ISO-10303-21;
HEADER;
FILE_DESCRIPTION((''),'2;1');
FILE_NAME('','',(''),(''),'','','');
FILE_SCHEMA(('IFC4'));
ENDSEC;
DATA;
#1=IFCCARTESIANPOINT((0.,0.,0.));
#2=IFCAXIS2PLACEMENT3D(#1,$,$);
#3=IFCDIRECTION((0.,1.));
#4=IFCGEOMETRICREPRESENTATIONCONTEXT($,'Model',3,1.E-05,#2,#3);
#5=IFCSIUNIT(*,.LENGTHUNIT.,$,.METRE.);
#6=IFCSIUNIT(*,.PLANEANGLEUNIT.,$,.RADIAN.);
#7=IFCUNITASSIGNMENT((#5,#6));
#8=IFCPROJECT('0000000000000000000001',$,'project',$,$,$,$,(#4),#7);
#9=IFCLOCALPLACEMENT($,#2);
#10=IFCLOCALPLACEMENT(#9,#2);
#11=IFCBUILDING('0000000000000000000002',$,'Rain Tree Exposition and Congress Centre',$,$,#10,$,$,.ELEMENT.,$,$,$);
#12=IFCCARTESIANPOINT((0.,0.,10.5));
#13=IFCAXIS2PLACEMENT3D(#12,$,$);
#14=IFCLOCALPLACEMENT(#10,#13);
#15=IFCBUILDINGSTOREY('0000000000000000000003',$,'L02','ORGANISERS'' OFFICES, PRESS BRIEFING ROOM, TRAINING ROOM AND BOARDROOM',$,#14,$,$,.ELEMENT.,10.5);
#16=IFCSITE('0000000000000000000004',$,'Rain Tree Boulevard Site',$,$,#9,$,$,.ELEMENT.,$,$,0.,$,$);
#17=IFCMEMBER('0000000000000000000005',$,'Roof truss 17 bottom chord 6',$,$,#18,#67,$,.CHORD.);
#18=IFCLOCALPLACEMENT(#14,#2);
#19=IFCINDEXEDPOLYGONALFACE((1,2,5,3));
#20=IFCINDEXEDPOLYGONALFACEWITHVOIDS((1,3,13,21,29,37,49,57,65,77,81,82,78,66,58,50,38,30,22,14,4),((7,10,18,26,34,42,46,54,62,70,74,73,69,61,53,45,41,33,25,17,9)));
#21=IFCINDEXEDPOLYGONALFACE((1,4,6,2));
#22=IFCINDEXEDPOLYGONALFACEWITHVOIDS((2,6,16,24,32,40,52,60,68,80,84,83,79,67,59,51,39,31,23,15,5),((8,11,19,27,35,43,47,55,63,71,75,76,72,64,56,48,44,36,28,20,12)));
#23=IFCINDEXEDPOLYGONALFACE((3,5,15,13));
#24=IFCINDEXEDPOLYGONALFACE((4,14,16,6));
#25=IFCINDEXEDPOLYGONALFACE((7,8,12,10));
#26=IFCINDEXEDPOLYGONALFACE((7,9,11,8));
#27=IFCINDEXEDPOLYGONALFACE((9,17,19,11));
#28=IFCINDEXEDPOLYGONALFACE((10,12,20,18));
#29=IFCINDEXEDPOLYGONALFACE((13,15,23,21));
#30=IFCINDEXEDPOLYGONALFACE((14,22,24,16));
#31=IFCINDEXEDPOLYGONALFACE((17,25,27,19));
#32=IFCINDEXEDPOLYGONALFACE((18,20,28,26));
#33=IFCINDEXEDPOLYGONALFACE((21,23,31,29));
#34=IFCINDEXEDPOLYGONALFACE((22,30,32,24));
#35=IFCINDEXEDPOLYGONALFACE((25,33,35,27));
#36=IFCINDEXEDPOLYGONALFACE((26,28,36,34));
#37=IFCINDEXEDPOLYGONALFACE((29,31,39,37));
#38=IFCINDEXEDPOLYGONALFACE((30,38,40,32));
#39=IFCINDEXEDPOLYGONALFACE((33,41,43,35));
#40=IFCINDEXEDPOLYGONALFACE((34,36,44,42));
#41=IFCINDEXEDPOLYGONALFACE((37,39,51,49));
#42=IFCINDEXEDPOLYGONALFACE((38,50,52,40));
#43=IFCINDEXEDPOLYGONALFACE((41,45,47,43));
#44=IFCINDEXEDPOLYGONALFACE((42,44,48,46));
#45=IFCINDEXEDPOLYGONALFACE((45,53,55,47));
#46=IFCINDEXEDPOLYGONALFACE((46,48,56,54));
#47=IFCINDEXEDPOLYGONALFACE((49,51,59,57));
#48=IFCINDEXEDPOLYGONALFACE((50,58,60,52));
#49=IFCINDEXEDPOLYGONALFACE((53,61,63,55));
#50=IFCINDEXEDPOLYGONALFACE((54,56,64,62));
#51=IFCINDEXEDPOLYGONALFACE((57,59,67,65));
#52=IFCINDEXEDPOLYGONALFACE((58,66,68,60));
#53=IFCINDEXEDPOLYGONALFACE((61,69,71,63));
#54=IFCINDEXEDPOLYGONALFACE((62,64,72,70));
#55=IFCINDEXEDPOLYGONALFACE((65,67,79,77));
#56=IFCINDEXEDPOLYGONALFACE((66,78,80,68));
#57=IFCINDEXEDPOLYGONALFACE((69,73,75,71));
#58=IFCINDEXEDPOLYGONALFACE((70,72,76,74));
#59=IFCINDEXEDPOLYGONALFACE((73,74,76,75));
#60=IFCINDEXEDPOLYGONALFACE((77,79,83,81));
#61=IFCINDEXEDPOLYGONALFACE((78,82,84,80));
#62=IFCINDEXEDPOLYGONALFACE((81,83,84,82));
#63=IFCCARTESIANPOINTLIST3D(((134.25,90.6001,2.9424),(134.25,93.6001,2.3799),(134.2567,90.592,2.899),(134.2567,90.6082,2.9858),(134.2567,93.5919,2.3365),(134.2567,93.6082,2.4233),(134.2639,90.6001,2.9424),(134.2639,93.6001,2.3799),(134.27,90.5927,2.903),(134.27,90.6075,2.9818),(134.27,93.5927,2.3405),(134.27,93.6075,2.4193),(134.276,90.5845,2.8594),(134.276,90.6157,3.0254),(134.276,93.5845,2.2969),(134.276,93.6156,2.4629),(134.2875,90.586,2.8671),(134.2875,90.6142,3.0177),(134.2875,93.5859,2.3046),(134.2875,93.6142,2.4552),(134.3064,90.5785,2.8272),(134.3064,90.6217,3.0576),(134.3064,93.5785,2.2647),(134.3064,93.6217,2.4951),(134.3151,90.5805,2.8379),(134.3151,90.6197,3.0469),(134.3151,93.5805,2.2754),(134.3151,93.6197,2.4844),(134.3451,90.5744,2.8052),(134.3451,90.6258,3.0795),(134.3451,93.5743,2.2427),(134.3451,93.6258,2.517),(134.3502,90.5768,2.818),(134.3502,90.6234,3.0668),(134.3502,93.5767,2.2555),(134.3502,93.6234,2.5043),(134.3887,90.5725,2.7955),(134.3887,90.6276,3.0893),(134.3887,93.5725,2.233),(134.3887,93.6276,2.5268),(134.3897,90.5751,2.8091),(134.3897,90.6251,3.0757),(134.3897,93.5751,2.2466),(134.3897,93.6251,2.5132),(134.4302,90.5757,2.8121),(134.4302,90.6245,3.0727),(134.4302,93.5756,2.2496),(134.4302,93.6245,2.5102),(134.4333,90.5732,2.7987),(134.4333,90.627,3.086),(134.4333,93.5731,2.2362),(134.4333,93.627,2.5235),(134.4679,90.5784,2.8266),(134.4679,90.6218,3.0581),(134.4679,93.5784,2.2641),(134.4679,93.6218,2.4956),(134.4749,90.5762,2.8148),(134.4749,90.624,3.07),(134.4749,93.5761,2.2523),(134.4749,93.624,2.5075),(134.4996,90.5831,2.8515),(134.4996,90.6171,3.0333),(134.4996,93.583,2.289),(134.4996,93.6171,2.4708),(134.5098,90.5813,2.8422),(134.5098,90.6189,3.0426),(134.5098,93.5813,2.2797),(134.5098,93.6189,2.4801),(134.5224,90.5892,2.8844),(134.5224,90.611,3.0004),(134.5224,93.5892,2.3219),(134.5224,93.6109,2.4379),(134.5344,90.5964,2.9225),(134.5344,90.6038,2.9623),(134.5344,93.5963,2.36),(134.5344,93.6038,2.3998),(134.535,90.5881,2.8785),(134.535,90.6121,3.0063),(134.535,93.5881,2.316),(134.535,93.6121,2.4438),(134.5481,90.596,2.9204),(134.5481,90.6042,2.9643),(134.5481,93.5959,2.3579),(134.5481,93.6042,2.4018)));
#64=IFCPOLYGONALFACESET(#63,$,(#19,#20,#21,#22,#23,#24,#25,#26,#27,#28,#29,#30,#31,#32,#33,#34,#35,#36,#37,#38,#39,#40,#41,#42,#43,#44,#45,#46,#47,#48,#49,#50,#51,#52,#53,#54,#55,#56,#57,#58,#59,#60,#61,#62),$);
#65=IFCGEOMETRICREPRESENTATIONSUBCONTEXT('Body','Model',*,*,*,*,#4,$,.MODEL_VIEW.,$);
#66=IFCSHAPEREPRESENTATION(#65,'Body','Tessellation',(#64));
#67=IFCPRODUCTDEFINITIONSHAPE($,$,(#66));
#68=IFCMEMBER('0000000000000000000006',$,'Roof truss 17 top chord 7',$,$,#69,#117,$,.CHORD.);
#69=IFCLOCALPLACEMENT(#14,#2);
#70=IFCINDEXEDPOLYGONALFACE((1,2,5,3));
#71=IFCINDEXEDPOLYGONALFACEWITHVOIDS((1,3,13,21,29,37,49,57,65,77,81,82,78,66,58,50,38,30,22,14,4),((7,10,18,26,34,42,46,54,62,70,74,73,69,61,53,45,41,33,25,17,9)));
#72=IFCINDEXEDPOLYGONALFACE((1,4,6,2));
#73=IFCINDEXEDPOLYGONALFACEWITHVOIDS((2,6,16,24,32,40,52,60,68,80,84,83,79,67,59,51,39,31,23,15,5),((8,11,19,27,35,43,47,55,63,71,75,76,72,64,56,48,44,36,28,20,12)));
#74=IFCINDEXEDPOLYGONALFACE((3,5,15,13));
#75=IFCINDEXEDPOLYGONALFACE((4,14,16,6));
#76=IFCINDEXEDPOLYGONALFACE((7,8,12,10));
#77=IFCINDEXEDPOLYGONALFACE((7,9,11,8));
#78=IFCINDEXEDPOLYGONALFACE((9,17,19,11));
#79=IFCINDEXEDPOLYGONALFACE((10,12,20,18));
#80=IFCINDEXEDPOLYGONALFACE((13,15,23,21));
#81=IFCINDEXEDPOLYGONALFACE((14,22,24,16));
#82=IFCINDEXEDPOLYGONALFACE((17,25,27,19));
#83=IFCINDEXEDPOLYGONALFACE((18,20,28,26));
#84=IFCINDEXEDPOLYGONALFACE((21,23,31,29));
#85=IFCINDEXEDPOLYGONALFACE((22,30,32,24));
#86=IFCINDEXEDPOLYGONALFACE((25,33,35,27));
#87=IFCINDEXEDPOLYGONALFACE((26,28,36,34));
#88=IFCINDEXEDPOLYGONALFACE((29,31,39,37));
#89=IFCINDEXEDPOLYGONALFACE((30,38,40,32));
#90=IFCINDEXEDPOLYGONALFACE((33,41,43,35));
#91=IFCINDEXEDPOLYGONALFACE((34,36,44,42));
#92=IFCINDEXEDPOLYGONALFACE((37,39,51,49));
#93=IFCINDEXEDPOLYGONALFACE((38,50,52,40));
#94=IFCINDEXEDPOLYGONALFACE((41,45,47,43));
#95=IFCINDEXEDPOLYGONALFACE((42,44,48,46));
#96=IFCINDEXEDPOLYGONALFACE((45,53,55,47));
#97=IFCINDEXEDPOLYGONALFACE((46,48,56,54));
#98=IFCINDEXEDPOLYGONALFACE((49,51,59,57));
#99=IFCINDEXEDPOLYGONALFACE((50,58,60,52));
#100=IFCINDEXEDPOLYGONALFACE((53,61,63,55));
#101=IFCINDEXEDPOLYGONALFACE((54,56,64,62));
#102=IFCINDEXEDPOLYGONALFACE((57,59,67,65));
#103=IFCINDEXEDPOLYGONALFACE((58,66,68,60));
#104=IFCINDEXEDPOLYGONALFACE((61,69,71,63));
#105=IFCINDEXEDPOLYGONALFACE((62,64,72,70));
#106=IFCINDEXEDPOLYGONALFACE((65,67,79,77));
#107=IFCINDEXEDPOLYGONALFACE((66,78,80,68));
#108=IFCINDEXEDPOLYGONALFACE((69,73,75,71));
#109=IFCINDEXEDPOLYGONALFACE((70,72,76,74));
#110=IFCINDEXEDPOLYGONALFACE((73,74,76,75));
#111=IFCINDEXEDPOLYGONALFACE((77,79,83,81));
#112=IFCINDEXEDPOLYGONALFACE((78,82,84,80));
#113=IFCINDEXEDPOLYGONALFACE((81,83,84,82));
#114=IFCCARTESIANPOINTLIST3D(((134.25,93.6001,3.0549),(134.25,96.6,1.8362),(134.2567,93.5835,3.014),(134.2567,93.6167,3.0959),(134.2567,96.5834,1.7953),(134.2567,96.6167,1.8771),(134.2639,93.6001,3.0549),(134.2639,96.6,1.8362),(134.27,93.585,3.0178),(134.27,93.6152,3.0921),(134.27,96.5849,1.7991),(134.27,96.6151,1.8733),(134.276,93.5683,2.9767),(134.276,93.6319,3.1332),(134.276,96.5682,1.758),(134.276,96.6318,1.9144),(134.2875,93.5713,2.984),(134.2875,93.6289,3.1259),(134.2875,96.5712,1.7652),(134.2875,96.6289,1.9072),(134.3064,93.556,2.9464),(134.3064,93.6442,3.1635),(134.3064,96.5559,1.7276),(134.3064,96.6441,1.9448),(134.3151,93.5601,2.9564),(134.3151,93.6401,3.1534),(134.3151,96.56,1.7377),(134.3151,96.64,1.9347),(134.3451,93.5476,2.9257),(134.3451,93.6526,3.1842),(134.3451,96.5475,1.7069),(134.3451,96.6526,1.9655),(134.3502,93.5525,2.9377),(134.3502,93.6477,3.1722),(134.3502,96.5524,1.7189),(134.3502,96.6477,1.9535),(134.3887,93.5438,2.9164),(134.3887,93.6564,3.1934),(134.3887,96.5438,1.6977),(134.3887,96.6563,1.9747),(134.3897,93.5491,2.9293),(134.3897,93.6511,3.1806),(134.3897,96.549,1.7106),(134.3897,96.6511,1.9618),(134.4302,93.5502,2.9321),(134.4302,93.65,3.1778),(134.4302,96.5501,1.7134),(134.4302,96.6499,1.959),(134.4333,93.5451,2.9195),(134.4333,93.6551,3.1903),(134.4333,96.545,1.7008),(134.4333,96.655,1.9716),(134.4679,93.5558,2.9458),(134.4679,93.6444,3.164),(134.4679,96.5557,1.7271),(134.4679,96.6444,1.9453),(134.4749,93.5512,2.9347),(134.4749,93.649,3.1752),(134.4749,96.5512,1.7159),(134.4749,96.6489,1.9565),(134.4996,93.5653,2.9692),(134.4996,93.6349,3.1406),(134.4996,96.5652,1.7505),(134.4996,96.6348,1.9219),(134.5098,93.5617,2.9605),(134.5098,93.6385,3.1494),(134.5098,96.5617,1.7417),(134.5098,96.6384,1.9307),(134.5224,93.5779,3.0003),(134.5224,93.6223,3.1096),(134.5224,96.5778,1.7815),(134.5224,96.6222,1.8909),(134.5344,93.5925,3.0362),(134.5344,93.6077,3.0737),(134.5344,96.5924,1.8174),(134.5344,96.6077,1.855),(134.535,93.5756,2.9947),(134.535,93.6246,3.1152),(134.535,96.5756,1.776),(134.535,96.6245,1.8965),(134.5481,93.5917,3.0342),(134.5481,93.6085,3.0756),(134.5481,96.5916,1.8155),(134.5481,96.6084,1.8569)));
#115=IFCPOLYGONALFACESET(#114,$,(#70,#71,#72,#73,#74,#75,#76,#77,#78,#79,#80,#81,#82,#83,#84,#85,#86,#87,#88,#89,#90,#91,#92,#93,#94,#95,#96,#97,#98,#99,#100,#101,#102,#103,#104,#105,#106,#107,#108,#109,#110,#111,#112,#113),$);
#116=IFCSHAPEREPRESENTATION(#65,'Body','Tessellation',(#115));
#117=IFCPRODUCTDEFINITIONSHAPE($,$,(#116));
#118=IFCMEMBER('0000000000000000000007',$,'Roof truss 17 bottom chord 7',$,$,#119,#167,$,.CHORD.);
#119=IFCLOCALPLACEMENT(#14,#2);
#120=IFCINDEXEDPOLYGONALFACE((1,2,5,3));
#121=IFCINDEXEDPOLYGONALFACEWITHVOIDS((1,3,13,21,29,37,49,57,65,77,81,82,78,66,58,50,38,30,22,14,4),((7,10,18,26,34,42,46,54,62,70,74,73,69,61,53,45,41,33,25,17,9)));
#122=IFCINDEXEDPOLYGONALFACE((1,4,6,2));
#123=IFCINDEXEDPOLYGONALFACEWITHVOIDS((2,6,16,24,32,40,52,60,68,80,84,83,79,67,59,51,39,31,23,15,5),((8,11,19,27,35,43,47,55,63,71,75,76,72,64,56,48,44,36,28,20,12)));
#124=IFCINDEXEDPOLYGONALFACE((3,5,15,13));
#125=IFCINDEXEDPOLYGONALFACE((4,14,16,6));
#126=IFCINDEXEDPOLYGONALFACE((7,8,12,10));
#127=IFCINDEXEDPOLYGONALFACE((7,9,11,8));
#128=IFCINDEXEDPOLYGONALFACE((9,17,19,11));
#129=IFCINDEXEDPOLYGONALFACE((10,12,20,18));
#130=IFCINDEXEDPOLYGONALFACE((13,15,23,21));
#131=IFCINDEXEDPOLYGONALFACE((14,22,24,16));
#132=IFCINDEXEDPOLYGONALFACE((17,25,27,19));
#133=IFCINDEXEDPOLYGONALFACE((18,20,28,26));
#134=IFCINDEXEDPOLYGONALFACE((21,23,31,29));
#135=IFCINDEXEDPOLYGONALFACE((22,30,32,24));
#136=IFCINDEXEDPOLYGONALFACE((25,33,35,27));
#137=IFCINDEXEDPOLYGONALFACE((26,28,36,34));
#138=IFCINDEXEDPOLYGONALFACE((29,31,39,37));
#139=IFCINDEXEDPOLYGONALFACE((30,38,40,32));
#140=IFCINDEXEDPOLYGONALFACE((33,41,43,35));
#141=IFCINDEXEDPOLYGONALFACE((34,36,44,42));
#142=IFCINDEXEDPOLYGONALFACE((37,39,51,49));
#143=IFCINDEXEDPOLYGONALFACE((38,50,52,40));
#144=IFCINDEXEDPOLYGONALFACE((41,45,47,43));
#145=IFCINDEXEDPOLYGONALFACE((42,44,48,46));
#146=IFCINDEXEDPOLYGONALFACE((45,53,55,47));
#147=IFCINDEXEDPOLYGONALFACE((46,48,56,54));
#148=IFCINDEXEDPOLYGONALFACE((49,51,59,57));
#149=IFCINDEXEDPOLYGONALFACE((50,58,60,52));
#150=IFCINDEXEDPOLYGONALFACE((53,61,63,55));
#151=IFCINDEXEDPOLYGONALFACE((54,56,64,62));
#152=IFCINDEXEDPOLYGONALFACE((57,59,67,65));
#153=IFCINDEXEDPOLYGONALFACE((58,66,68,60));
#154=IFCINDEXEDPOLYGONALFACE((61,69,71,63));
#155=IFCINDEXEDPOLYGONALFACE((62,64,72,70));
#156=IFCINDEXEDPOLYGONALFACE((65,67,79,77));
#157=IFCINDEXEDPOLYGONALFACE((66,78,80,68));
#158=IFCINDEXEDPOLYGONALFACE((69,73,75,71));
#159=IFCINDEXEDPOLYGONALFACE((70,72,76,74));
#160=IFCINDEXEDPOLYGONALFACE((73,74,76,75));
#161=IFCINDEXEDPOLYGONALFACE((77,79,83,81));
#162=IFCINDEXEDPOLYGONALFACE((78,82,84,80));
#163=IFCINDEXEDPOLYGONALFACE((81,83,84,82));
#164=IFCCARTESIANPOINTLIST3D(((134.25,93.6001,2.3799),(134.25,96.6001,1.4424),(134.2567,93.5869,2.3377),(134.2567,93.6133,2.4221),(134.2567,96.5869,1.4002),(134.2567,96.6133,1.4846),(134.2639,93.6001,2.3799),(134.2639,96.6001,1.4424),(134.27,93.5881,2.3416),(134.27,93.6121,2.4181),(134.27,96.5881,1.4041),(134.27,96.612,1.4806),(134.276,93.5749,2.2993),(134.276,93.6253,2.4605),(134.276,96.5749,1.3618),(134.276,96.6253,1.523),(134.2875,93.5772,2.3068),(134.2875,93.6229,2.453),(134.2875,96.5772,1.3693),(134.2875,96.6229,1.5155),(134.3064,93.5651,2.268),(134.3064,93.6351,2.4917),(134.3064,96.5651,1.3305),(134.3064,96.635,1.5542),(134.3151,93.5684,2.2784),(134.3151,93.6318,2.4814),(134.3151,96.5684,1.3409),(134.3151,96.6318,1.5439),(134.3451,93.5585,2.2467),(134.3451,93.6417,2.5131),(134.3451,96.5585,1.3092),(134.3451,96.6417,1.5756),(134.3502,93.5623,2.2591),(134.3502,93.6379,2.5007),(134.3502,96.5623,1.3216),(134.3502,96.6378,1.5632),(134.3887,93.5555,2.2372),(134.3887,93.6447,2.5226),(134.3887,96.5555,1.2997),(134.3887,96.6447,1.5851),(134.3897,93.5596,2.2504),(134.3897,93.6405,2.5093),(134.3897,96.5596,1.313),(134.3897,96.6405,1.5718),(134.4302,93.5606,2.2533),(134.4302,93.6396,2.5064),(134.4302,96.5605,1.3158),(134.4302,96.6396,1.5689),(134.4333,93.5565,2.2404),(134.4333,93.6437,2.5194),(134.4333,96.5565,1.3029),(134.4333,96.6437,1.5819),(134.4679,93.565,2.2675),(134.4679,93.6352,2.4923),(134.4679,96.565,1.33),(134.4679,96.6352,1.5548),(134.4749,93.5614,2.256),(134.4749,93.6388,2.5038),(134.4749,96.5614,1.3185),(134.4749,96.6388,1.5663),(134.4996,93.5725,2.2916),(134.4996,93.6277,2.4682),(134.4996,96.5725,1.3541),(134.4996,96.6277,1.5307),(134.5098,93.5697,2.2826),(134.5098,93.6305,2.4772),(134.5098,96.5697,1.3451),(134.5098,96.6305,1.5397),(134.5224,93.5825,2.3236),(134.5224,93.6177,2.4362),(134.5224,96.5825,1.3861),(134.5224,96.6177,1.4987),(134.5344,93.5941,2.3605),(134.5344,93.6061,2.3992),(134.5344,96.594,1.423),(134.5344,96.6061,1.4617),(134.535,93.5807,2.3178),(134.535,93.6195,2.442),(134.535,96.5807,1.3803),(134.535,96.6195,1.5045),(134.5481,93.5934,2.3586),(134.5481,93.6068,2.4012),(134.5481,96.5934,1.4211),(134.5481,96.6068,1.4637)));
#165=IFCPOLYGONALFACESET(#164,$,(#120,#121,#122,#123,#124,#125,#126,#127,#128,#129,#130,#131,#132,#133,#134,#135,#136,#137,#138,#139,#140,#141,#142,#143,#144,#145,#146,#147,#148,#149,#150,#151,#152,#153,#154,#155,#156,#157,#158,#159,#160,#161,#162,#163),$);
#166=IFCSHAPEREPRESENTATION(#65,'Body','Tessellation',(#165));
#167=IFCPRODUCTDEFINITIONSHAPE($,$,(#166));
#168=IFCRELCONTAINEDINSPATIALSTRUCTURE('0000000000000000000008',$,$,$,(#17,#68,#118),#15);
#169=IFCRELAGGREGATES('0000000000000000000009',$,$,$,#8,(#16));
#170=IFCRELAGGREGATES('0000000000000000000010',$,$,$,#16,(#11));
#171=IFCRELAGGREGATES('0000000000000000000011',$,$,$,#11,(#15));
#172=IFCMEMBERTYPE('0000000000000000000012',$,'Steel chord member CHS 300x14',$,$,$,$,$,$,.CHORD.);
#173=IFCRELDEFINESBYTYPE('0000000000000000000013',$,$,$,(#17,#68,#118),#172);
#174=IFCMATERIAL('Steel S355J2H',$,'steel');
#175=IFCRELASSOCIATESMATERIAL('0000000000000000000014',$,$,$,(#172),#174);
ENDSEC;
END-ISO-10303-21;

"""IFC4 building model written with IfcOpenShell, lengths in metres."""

from ifc_helpers import new_model, si_unit, direction, frame, origin, origin_2d, place, context, subcontext, project, spatial, hollow_circle, extrude, material, material_profile, profile_set, type_object, element, save


model = new_model("IFC4")

# Units and contexts
model_context = context("Model", 3, precision=1e-05, world=origin(), true_north=direction((0.0, 1.0)))
body_context = subcontext(model_context, "Body", "Model", "MODEL_VIEW")
ifc_project = project(units=[si_unit("LENGTHUNIT", "METRE"), si_unit("PLANEANGLEUNIT", "RADIAN")], contexts=[model_context])

# Site, building, storey
site_placement = place(None, origin())
site = spatial("IfcSite", under=ifc_project, at=site_placement, Name="Rain Tree Boulevard Site", CompositionType="ELEMENT", RefElevation=0.0)
building_placement = place(site_placement, origin())
building = spatial("IfcBuilding", under=site, at=building_placement, Name="Rain Tree Exposition and Congress Centre", CompositionType="ELEMENT")
storey_placement = place(building_placement, frame((0.0, 0.0, 10.5)))
storey = spatial("IfcBuildingStorey", under=building, at=storey_placement, Name="L02", Description="ORGANISERS' OFFICES, PRESS BRIEFING ROOM, TRAINING ROOM AND BOARDROOM", CompositionType="ELEMENT", Elevation=10.5)

# Members
ifc_material_1 = material(Name="Steel S355J2H", Category="steel")
ifc_material_profile_1 = material_profile(ifc_material_1, hollow_circle(Radius=0.1499, WallThickness=0.0139, at=origin_2d()), Name="CHS 300x14")
ifc_profile_set_1 = profile_set([ifc_material_profile_1], Name="Steel S355J2H")
member_type_1 = type_object("IfcMemberType", Name="Steel chord member CHS 300x14", PredefinedType="CHORD", material=ifc_profile_set_1)
member_1_placement = place(storey_placement, frame((134.3999, 90.6001, 2.9424), z_axis=(0.0, 0.982872, -0.184289), x_axis=(-1.0, 0.0, 0.0)))
element("IfcMember", 1, at=member_1_placement, inside=storey, type_object=member_type_1, Name="Roof truss 17 bottom chord 6", PredefinedType="CHORD", context=body_context, shape_type="SweptSolid", body=[
    extrude(hollow_circle(Radius=0.1499, WallThickness=0.0139, at=origin_2d()), origin(), (0.0, 0.0, 1.0), 3.0522),
])
member_2_placement = place(storey_placement, frame((134.3999, 93.6001, 3.0549), z_axis=(0.0, 0.926467, -0.376377), x_axis=(-1.0, 0.0, 0.0)))
element("IfcMember", 2, at=member_2_placement, inside=storey, type_object=member_type_1, Name="Roof truss 17 top chord 7", PredefinedType="CHORD", context=body_context, shape_type="SweptSolid", body=[
    extrude(hollow_circle(Radius=0.1499, WallThickness=0.0139, at=origin_2d()), origin(), (0.0, 0.0, 1.0), 3.238),
])
member_3_placement = place(storey_placement, frame((134.3999, 93.6001, 2.3799), z_axis=(0.0, 0.95448, -0.298275), x_axis=(-1.0, 0.0, 0.0)))
element("IfcMember", 3, at=member_3_placement, inside=storey, type_object=member_type_1, Name="Roof truss 17 bottom chord 7", PredefinedType="CHORD", context=body_context, shape_type="SweptSolid", body=[
    extrude(hollow_circle(Radius=0.1499, WallThickness=0.0139, at=origin_2d()), origin(), (0.0, 0.0, 1.0), 3.1431),
])

save(model, "model.ifc")
